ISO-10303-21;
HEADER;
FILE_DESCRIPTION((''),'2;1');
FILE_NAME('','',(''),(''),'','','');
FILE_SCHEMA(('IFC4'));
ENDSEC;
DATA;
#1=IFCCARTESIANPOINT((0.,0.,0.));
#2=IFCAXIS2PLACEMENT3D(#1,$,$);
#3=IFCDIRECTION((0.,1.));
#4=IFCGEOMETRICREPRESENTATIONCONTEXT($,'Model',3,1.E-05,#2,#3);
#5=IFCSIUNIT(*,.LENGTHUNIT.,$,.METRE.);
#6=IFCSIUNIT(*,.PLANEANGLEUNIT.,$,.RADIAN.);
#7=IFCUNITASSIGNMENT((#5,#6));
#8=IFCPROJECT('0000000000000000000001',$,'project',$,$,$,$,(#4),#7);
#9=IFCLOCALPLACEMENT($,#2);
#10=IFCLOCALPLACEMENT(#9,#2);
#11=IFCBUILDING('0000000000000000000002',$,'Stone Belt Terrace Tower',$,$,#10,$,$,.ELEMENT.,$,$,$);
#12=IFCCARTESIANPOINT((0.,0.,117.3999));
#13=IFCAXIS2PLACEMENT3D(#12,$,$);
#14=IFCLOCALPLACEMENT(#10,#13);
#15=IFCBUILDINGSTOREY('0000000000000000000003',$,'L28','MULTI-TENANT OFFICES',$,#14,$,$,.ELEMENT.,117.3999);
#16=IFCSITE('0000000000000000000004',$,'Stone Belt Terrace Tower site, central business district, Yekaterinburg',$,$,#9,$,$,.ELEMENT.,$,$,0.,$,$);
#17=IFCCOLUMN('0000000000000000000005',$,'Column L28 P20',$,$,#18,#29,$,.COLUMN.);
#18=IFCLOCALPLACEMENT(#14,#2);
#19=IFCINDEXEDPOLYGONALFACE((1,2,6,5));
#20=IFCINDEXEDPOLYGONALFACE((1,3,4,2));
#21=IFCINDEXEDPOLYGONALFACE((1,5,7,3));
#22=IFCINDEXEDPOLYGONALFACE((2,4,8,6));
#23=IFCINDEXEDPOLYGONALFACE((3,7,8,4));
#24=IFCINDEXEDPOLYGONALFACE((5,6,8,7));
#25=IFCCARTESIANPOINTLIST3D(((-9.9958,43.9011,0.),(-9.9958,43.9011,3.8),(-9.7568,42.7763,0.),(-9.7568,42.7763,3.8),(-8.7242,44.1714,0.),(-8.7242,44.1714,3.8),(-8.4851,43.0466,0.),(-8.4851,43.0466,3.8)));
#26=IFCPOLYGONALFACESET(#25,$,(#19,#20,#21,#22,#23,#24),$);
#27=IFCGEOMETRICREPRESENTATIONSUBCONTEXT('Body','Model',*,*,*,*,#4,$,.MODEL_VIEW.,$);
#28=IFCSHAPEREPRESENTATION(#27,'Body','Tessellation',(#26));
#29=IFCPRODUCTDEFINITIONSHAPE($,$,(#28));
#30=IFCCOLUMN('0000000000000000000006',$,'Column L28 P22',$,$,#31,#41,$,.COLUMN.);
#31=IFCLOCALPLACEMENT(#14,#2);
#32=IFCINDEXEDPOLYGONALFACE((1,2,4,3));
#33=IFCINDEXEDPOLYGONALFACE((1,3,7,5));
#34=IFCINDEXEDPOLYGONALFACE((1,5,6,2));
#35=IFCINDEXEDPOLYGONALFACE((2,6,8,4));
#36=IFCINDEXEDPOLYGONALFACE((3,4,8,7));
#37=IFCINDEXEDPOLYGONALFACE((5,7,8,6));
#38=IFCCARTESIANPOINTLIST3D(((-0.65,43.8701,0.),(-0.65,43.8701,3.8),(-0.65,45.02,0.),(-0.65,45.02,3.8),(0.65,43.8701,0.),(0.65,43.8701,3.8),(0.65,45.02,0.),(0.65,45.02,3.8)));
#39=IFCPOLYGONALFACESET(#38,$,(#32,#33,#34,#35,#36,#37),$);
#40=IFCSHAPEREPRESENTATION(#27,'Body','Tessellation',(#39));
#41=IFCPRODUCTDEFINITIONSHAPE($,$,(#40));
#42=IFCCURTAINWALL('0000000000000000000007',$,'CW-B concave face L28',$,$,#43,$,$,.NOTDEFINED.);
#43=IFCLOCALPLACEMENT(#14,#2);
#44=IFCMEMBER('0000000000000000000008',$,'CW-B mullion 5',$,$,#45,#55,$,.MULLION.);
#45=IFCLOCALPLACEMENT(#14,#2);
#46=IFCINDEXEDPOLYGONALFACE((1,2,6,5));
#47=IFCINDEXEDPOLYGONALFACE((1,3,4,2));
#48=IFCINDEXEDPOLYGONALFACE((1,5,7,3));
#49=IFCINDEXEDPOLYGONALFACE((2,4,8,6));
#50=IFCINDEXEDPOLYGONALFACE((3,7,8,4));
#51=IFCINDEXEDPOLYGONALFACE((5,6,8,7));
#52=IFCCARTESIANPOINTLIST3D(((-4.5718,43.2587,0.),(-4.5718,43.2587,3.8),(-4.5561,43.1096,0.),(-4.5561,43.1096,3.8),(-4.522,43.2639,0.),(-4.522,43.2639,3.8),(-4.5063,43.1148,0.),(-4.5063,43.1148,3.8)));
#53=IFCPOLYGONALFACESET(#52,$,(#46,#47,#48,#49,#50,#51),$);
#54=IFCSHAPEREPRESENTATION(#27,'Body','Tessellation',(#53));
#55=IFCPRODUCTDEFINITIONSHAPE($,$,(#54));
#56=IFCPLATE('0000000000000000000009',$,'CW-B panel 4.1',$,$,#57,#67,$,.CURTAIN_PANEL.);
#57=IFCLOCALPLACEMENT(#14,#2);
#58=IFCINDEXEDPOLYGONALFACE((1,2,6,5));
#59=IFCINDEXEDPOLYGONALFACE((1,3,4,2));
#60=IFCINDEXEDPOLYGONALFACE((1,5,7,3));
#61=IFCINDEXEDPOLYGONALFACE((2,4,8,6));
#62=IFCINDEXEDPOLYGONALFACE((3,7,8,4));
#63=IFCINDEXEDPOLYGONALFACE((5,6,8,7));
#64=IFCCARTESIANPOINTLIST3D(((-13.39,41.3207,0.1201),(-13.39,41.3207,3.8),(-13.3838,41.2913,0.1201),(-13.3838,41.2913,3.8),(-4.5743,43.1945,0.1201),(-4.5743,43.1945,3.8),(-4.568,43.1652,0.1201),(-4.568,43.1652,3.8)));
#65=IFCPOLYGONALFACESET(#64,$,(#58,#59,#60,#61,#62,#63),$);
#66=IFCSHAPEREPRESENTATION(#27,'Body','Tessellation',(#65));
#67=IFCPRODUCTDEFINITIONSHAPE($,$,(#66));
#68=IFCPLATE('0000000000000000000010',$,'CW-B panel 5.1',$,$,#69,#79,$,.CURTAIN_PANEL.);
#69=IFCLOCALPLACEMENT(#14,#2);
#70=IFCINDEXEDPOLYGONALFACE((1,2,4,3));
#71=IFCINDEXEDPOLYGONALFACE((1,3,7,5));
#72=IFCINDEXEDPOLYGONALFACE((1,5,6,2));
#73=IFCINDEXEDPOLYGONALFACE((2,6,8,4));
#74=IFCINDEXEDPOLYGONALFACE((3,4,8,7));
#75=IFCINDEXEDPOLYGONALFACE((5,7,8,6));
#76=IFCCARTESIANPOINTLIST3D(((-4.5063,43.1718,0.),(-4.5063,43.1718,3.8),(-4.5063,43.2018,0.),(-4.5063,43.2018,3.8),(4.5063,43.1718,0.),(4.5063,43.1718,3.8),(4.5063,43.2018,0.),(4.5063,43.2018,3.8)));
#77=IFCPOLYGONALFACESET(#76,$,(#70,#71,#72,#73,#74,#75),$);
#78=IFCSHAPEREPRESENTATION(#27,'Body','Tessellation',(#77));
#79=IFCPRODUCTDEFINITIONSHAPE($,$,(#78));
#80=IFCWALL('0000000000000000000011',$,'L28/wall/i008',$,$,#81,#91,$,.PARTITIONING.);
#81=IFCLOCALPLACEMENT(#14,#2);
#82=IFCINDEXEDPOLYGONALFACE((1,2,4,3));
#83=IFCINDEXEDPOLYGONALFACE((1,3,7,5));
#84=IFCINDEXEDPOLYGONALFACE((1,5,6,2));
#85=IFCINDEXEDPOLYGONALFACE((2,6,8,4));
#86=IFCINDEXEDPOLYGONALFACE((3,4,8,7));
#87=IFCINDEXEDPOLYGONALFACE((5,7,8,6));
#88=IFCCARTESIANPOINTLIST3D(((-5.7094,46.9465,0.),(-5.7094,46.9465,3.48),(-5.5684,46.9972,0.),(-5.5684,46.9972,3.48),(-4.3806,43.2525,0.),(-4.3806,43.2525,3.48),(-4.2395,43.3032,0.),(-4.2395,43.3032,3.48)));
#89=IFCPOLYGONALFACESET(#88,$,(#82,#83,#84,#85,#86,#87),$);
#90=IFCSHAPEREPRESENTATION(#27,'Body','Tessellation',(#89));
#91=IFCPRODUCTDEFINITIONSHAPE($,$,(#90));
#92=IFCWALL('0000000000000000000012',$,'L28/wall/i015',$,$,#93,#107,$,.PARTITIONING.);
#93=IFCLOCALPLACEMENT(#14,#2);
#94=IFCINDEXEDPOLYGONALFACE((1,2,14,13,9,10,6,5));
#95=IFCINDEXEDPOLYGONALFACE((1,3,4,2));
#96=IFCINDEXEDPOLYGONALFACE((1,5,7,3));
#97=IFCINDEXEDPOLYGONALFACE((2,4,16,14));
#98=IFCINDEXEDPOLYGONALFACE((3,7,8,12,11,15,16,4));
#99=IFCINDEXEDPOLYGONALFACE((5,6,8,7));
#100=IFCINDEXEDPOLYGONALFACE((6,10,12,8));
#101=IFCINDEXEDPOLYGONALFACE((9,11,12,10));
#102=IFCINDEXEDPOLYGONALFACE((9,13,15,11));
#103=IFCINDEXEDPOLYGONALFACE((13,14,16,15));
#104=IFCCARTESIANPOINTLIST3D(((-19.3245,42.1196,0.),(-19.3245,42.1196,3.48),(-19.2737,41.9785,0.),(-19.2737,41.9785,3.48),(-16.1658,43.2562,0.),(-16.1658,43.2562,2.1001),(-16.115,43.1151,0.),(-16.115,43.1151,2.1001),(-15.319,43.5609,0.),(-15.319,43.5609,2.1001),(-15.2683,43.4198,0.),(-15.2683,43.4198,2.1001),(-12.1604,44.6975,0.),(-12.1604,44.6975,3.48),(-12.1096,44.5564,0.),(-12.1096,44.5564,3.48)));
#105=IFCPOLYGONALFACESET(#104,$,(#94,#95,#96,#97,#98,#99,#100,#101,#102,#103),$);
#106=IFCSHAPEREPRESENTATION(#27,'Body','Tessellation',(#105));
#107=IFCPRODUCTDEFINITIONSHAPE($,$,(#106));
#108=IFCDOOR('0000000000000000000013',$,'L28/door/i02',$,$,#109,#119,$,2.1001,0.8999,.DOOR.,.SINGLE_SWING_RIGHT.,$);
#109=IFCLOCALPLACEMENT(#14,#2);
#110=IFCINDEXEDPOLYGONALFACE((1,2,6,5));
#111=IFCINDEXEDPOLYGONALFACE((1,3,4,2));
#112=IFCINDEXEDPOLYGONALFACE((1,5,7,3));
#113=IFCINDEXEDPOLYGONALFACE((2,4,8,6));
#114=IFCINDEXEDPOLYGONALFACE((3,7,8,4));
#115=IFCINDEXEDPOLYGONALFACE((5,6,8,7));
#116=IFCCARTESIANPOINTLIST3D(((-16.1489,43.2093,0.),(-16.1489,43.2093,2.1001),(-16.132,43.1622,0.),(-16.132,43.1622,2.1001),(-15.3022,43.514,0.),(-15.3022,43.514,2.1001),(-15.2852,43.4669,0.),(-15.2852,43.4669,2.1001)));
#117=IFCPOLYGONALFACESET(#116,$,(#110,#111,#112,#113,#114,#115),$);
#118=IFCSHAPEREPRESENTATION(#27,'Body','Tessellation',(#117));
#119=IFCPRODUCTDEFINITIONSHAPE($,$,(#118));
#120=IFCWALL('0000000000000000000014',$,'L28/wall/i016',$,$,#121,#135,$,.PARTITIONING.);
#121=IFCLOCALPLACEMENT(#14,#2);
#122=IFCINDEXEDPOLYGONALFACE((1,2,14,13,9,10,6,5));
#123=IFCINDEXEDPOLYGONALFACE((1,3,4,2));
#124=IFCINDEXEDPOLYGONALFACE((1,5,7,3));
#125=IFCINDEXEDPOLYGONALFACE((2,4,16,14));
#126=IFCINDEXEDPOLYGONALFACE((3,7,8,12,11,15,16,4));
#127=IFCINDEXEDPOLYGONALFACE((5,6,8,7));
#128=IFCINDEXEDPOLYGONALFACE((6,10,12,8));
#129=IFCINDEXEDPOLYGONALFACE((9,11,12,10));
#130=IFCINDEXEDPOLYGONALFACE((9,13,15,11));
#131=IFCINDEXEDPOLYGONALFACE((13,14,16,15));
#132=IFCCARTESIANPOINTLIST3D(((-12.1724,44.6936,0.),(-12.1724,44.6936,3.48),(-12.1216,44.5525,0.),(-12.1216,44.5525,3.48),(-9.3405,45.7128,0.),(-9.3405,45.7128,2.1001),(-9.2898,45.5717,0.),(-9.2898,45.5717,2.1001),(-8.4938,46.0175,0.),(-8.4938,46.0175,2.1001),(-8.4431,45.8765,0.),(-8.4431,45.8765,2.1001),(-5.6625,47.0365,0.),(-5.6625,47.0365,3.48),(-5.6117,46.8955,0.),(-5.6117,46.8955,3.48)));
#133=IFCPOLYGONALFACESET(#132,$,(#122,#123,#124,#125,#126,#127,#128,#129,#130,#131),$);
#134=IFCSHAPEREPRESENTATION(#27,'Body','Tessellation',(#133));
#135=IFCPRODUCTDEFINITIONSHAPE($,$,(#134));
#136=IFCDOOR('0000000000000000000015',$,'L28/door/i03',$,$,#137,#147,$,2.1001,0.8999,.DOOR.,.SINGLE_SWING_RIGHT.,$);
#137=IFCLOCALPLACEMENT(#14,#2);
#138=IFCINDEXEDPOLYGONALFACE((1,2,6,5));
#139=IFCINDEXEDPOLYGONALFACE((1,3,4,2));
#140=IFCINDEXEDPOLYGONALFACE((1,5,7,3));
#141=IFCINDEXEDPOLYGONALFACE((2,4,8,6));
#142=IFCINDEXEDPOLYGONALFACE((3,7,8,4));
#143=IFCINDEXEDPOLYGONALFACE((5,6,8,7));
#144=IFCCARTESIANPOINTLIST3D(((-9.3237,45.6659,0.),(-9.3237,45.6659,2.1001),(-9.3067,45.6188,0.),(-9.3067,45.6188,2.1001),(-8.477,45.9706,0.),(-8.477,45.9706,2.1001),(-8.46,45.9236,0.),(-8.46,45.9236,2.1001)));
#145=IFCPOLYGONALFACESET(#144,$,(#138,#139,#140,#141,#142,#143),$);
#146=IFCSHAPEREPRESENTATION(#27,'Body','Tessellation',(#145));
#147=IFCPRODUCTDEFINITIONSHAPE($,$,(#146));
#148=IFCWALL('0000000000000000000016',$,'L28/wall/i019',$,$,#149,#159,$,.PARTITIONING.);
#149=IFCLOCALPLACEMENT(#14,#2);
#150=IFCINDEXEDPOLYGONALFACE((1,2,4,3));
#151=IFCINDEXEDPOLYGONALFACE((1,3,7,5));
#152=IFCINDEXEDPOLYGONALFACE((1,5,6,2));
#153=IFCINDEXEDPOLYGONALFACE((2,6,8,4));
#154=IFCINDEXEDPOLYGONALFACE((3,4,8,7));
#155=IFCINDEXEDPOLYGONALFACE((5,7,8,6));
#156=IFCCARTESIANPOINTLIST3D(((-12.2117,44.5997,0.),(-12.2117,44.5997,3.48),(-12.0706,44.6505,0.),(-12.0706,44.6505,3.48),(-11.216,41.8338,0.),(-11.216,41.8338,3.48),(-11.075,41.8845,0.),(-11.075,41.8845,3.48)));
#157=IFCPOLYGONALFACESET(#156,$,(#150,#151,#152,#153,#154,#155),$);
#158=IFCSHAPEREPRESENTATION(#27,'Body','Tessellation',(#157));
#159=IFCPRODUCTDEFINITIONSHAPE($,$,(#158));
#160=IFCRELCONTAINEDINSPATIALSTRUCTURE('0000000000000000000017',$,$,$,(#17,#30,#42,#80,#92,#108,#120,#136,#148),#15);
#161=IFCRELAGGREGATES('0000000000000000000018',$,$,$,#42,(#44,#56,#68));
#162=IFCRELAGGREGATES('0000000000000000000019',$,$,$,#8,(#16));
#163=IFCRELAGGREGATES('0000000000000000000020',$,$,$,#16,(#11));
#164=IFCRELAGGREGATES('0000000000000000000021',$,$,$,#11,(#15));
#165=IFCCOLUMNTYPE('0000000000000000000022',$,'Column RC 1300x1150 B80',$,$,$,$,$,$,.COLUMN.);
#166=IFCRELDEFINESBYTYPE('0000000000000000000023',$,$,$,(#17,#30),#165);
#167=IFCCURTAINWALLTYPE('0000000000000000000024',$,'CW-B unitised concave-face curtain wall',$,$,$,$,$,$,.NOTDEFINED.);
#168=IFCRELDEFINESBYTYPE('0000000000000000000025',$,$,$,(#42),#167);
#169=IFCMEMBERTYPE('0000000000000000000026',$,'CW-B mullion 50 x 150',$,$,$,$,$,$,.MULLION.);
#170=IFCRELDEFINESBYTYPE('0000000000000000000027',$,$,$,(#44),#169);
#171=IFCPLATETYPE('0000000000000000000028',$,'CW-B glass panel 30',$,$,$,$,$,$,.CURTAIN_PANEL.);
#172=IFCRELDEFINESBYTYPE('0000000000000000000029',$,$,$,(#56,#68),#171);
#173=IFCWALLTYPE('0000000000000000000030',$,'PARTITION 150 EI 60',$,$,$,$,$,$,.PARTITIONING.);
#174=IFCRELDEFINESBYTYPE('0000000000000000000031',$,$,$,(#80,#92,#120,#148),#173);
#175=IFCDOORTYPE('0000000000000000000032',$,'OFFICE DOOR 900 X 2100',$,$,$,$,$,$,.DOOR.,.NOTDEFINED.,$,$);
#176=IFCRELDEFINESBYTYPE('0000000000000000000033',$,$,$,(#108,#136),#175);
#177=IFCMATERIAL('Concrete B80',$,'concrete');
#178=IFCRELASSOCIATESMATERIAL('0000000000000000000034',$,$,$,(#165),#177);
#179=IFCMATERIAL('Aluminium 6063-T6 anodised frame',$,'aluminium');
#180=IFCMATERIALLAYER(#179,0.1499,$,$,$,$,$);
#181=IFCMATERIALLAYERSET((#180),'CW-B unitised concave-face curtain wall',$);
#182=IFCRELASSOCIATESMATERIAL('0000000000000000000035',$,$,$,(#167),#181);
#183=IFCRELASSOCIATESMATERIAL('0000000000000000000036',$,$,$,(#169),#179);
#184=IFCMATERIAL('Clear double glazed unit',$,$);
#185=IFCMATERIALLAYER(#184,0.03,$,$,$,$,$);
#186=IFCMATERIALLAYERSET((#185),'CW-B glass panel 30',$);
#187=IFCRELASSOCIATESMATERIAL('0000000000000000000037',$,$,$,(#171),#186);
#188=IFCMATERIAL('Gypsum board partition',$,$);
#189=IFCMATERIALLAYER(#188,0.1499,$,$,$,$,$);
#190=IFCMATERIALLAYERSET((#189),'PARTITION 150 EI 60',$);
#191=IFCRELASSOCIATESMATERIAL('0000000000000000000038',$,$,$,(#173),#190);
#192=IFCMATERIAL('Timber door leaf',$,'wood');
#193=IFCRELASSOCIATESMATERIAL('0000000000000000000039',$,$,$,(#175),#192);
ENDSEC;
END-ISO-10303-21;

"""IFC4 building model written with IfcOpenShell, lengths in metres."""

from ifc_helpers import new_model, si_unit, direction, frame, frame_2d, origin, origin_2d, place, context, subcontext, project, spatial, rectangle, extrude, material, layer, layer_set, material_profile, profile_set, type_object, element, fill, aggregate, save


model = new_model("IFC4")

# Units and contexts
model_context = context("Model", 3, precision=1e-05, world=origin(), true_north=direction((0.0, 1.0)))
body_context = subcontext(model_context, "Body", "Model", "MODEL_VIEW")
ifc_project = project(units=[si_unit("LENGTHUNIT", "METRE"), si_unit("PLANEANGLEUNIT", "RADIAN")], contexts=[model_context])

# Site, building, storey
site_placement = place(None, origin())
site = spatial("IfcSite", under=ifc_project, at=site_placement, Name="Stone Belt Terrace Tower site, central business district, Yekaterinburg", CompositionType="ELEMENT", RefElevation=0.0)
building_placement = place(site_placement, origin())
building = spatial("IfcBuilding", under=site, at=building_placement, Name="Stone Belt Terrace Tower", CompositionType="ELEMENT")
storey_placement = place(building_placement, frame((0.0, 0.0, 117.3999)))
storey = spatial("IfcBuildingStorey", under=building, at=storey_placement, Name="L28", Description="MULTI-TENANT OFFICES", CompositionType="ELEMENT", Elevation=117.3999)

# Columns
ifc_material_1 = material(Name="Concrete B80", Category="concrete")
ifc_material_profile_1 = material_profile(ifc_material_1, rectangle(XDim=1.3, YDim=1.1499, at=origin_2d()), Name="RC 1300x1150")
ifc_profile_set_1 = profile_set([ifc_material_profile_1], Name="Concrete B80")
column_type = type_object("IfcColumnType", Name="Column RC 1300x1150 B80", PredefinedType="COLUMN", material=ifc_profile_set_1)
for number, where, z_axis, x_axis, name in (
    (1, (-9.2405, 43.4739, 0.0), (0.0, 0.0, 1.0), (0.978148, 0.207912, 0.0), "Column L28 P20"),
    (2, (0.0, 44.4451, 0.0), (0.0, 0.0, 1.0), (1.0, 0.0, 0.0), "Column L28 P22"),
):
    element("IfcColumn", number, at=place(storey_placement, frame(where, z_axis=z_axis, x_axis=x_axis)), inside=storey, type_object=column_type, Name=name, PredefinedType="COLUMN", context=body_context, shape_type="SweptSolid", body=[
        extrude(rectangle(XDim=1.3, YDim=1.1499, at=origin_2d()), origin(), (0.0, 0.0, 1.0), 3.8),
    ])

# Curtain wall, member, plates
ifc_material_2 = material(Name="Aluminium 6063-T6 anodised frame", Category="aluminium")
ifc_layer_1 = layer(ifc_material_2, 0.1499)
ifc_layer_set_1 = layer_set([ifc_layer_1], Name="CW-B unitised concave-face curtain wall")
curtain_wall_type = type_object("IfcCurtainWallType", Name="CW-B unitised concave-face curtain wall", PredefinedType="NOTDEFINED", material=ifc_layer_set_1)
curtain_wall_placement = place(storey_placement, origin())
curtain_wall = element("IfcCurtainWall", 3, at=curtain_wall_placement, inside=storey, type_object=curtain_wall_type, Name="CW-B concave face L28", PredefinedType="NOTDEFINED")
ifc_material_profile_2 = material_profile(ifc_material_2, rectangle(XDim=0.1499, YDim=0.05, at=origin_2d()), Name="Aluminium 6063-T6 50x150")
ifc_profile_set_2 = profile_set([ifc_material_profile_2], Name="Aluminium 6063-T6 anodised frame")
member_type = type_object("IfcMemberType", Name="CW-B mullion 50 x 150", PredefinedType="MULLION", material=ifc_profile_set_2)
member_placement = place(storey_placement, frame((-4.5391, 43.1868, 0.0), z_axis=(0.0, 0.0, 1.0), x_axis=(-0.104528, 0.994522, 0.0)))
member = element("IfcMember", 4, at=member_placement, type_object=member_type, Name="CW-B mullion 5", PredefinedType="MULLION", context=body_context, shape_type="SweptSolid", body=[
    extrude(rectangle(XDim=0.1499, YDim=0.05, at=origin_2d()), origin(), (0.0, 0.0, 1.0), 3.8),
])
ifc_material_3 = material(Name="Clear double glazed unit")
ifc_layer_2 = layer(ifc_material_3, 0.03)
ifc_layer_set_2 = layer_set([ifc_layer_2], Name="CW-B glass panel 30")
plate_type = type_object("IfcPlateType", Name="CW-B glass panel 30", PredefinedType="CURTAIN_PANEL", material=ifc_layer_set_2)
plate_1_placement = place(storey_placement, frame((-8.979, 42.2429, 0.1201), z_axis=(0.0, 0.0, 1.0), x_axis=(0.978148, 0.207912, 0.0)))
plate_1 = element("IfcPlate", 5, at=plate_1_placement, type_object=plate_type, Name="CW-B panel 4.1", PredefinedType="CURTAIN_PANEL", context=body_context, shape_type="SweptSolid", body=[
    extrude(rectangle(XDim=9.0127, YDim=0.03, at=origin_2d()), origin(), (0.0, 0.0, 1.0), 3.6799),
])
plate_2_placement = place(storey_placement, frame((0.0, 43.1868, 0.0), z_axis=(0.0, 0.0, 1.0), x_axis=(1.0, 0.0, 0.0)))
plate_2 = element("IfcPlate", 6, at=plate_2_placement, type_object=plate_type, Name="CW-B panel 5.1", PredefinedType="CURTAIN_PANEL", context=body_context, shape_type="SweptSolid", body=[
    extrude(rectangle(XDim=9.0127, YDim=0.03, at=origin_2d()), origin(), (0.0, 0.0, 1.0), 3.8),
])
aggregate(curtain_wall, [member, plate_1, plate_2])

# Wall
ifc_material_4 = material(Name="Gypsum board partition")
ifc_layer_3 = layer(ifc_material_4, 0.1499)
ifc_layer_set_3 = layer_set([ifc_layer_3], Name="PARTITION 150 EI 60")
wall_type = type_object("IfcWallType", Name="PARTITION 150 EI 60", PredefinedType="PARTITIONING", material=ifc_layer_set_3)
wall_1_placement = place(storey_placement, frame((-4.3101, 43.2778, 0.0), z_axis=(0.0, 0.0, 1.0), x_axis=(-0.33849, 0.94097, 0.0)))
element("IfcWall", 7, at=wall_1_placement, inside=storey, type_object=wall_type, Name="L28/wall/i008", PredefinedType="PARTITIONING", context=body_context, shape_type="SweptSolid", body=[
    extrude(rectangle(XDim=3.9258, YDim=0.1499, at=frame_2d((1.9629, 0.0))), origin(), (0.0, 0.0, 1.0), 3.48),
])

# Walls, openings, doors
wall_2_placement = place(storey_placement, frame((-12.135, 44.627, 0.0), z_axis=(0.0, 0.0, 1.0), x_axis=(-0.940937, -0.338582, 0.0)))
wall_2 = element("IfcWall", 8, at=wall_2_placement, inside=storey, type_object=wall_type, Name="L28/wall/i015", PredefinedType="PARTITIONING", context=body_context, shape_type="SweptSolid", body=[
    extrude(rectangle(XDim=7.6138, YDim=0.1499, at=frame_2d((3.8069, 0.0))), origin(), (0.0, 0.0, 1.0), 3.48),
])
opening_1_placement = place(wall_2_placement, frame((3.3569, 0.0, 0.0)))
opening_1 = element("IfcOpeningElement", 9, at=opening_1_placement, cuts=wall_2, PredefinedType="OPENING", context=body_context, shape_type="SweptSolid", body=[
    extrude(rectangle(XDim=0.8999, YDim=2.1001, at=frame_2d((0.45, 1.05))), frame((0.0, 0.085, 0.0), z_axis=(0.0, -1.0, 0.0), x_axis=(1.0, 0.0, 0.0)), (0.0, 0.0, 1.0), 0.1699),
])
ifc_material_5 = material(Name="Timber door leaf", Category="wood")
door_type = type_object("IfcDoorType", Name="OFFICE DOOR 900 X 2100", OperationType="NOTDEFINED", PredefinedType="DOOR", material=ifc_material_5)
door_1_placement = place(opening_1_placement, origin())
door_1 = element("IfcDoor", 10, at=door_1_placement, inside=storey, type_object=door_type, Name="L28/door/i02", OperationType="SINGLE_SWING_RIGHT", OverallHeight=2.1001, OverallWidth=0.8999, PredefinedType="DOOR", context=body_context, shape_type="SweptSolid", body=[
    extrude(rectangle(XDim=0.8999, YDim=2.1001, at=frame_2d((0.45, 1.05))), frame((0.0, 0.0249, 0.0), z_axis=(0.0, -1.0, 0.0), x_axis=(1.0, 0.0, 0.0)), (0.0, 0.0, 1.0), 0.05),
])
fill(opening_1, door_1)
wall_3_placement = place(storey_placement, frame((-5.637, 46.9661, 0.0), z_axis=(0.0, 0.0, 1.0), x_axis=(-0.940914, -0.338644, 0.0)))
wall_3 = element("IfcWall", 11, at=wall_3_placement, inside=storey, type_object=wall_type, Name="L28/wall/i016", PredefinedType="PARTITIONING", context=body_context, shape_type="SweptSolid", body=[
    extrude(rectangle(XDim=6.9187, YDim=0.1499, at=frame_2d((3.4595, 0.0))), origin(), (0.0, 0.0, 1.0), 3.48),
])
opening_2_placement = place(wall_3_placement, frame((3.0093, 0.0, 0.0)))
opening_2 = element("IfcOpeningElement", 12, at=opening_2_placement, cuts=wall_3, PredefinedType="OPENING", context=body_context, shape_type="SweptSolid", body=[
    extrude(rectangle(XDim=0.8999, YDim=2.1001, at=frame_2d((0.45, 1.05))), frame((0.0, 0.085, 0.0), z_axis=(0.0, -1.0, 0.0), x_axis=(1.0, 0.0, 0.0)), (0.0, 0.0, 1.0), 0.1699),
])
door_2_placement = place(opening_2_placement, origin())
door_2 = element("IfcDoor", 13, at=door_2_placement, inside=storey, type_object=door_type, Name="L28/door/i03", OperationType="SINGLE_SWING_RIGHT", OverallHeight=2.1001, OverallWidth=0.8999, PredefinedType="DOOR", context=body_context, shape_type="SweptSolid", body=[
    extrude(rectangle(XDim=0.8999, YDim=2.1001, at=frame_2d((0.45, 1.05))), frame((0.0, 0.0249, 0.0), z_axis=(0.0, -1.0, 0.0), x_axis=(1.0, 0.0, 0.0)), (0.0, 0.0, 1.0), 0.05),
])
fill(opening_2, door_2)

# Wall
wall_4_placement = place(storey_placement, frame((-12.1411, 44.625, 0.0), z_axis=(0.0, 0.0, 1.0), x_axis=(0.338687, -0.940899, 0.0)))
element("IfcWall", 14, at=wall_4_placement, inside=storey, type_object=wall_type, Name="L28/wall/i019", PredefinedType="PARTITIONING", context=body_context, shape_type="SweptSolid", body=[
    extrude(rectangle(XDim=2.9397, YDim=0.1499, at=frame_2d((1.4697, 0.0))), origin(), (0.0, 0.0, 1.0), 3.48),
])

save(model, "model.ifc")
